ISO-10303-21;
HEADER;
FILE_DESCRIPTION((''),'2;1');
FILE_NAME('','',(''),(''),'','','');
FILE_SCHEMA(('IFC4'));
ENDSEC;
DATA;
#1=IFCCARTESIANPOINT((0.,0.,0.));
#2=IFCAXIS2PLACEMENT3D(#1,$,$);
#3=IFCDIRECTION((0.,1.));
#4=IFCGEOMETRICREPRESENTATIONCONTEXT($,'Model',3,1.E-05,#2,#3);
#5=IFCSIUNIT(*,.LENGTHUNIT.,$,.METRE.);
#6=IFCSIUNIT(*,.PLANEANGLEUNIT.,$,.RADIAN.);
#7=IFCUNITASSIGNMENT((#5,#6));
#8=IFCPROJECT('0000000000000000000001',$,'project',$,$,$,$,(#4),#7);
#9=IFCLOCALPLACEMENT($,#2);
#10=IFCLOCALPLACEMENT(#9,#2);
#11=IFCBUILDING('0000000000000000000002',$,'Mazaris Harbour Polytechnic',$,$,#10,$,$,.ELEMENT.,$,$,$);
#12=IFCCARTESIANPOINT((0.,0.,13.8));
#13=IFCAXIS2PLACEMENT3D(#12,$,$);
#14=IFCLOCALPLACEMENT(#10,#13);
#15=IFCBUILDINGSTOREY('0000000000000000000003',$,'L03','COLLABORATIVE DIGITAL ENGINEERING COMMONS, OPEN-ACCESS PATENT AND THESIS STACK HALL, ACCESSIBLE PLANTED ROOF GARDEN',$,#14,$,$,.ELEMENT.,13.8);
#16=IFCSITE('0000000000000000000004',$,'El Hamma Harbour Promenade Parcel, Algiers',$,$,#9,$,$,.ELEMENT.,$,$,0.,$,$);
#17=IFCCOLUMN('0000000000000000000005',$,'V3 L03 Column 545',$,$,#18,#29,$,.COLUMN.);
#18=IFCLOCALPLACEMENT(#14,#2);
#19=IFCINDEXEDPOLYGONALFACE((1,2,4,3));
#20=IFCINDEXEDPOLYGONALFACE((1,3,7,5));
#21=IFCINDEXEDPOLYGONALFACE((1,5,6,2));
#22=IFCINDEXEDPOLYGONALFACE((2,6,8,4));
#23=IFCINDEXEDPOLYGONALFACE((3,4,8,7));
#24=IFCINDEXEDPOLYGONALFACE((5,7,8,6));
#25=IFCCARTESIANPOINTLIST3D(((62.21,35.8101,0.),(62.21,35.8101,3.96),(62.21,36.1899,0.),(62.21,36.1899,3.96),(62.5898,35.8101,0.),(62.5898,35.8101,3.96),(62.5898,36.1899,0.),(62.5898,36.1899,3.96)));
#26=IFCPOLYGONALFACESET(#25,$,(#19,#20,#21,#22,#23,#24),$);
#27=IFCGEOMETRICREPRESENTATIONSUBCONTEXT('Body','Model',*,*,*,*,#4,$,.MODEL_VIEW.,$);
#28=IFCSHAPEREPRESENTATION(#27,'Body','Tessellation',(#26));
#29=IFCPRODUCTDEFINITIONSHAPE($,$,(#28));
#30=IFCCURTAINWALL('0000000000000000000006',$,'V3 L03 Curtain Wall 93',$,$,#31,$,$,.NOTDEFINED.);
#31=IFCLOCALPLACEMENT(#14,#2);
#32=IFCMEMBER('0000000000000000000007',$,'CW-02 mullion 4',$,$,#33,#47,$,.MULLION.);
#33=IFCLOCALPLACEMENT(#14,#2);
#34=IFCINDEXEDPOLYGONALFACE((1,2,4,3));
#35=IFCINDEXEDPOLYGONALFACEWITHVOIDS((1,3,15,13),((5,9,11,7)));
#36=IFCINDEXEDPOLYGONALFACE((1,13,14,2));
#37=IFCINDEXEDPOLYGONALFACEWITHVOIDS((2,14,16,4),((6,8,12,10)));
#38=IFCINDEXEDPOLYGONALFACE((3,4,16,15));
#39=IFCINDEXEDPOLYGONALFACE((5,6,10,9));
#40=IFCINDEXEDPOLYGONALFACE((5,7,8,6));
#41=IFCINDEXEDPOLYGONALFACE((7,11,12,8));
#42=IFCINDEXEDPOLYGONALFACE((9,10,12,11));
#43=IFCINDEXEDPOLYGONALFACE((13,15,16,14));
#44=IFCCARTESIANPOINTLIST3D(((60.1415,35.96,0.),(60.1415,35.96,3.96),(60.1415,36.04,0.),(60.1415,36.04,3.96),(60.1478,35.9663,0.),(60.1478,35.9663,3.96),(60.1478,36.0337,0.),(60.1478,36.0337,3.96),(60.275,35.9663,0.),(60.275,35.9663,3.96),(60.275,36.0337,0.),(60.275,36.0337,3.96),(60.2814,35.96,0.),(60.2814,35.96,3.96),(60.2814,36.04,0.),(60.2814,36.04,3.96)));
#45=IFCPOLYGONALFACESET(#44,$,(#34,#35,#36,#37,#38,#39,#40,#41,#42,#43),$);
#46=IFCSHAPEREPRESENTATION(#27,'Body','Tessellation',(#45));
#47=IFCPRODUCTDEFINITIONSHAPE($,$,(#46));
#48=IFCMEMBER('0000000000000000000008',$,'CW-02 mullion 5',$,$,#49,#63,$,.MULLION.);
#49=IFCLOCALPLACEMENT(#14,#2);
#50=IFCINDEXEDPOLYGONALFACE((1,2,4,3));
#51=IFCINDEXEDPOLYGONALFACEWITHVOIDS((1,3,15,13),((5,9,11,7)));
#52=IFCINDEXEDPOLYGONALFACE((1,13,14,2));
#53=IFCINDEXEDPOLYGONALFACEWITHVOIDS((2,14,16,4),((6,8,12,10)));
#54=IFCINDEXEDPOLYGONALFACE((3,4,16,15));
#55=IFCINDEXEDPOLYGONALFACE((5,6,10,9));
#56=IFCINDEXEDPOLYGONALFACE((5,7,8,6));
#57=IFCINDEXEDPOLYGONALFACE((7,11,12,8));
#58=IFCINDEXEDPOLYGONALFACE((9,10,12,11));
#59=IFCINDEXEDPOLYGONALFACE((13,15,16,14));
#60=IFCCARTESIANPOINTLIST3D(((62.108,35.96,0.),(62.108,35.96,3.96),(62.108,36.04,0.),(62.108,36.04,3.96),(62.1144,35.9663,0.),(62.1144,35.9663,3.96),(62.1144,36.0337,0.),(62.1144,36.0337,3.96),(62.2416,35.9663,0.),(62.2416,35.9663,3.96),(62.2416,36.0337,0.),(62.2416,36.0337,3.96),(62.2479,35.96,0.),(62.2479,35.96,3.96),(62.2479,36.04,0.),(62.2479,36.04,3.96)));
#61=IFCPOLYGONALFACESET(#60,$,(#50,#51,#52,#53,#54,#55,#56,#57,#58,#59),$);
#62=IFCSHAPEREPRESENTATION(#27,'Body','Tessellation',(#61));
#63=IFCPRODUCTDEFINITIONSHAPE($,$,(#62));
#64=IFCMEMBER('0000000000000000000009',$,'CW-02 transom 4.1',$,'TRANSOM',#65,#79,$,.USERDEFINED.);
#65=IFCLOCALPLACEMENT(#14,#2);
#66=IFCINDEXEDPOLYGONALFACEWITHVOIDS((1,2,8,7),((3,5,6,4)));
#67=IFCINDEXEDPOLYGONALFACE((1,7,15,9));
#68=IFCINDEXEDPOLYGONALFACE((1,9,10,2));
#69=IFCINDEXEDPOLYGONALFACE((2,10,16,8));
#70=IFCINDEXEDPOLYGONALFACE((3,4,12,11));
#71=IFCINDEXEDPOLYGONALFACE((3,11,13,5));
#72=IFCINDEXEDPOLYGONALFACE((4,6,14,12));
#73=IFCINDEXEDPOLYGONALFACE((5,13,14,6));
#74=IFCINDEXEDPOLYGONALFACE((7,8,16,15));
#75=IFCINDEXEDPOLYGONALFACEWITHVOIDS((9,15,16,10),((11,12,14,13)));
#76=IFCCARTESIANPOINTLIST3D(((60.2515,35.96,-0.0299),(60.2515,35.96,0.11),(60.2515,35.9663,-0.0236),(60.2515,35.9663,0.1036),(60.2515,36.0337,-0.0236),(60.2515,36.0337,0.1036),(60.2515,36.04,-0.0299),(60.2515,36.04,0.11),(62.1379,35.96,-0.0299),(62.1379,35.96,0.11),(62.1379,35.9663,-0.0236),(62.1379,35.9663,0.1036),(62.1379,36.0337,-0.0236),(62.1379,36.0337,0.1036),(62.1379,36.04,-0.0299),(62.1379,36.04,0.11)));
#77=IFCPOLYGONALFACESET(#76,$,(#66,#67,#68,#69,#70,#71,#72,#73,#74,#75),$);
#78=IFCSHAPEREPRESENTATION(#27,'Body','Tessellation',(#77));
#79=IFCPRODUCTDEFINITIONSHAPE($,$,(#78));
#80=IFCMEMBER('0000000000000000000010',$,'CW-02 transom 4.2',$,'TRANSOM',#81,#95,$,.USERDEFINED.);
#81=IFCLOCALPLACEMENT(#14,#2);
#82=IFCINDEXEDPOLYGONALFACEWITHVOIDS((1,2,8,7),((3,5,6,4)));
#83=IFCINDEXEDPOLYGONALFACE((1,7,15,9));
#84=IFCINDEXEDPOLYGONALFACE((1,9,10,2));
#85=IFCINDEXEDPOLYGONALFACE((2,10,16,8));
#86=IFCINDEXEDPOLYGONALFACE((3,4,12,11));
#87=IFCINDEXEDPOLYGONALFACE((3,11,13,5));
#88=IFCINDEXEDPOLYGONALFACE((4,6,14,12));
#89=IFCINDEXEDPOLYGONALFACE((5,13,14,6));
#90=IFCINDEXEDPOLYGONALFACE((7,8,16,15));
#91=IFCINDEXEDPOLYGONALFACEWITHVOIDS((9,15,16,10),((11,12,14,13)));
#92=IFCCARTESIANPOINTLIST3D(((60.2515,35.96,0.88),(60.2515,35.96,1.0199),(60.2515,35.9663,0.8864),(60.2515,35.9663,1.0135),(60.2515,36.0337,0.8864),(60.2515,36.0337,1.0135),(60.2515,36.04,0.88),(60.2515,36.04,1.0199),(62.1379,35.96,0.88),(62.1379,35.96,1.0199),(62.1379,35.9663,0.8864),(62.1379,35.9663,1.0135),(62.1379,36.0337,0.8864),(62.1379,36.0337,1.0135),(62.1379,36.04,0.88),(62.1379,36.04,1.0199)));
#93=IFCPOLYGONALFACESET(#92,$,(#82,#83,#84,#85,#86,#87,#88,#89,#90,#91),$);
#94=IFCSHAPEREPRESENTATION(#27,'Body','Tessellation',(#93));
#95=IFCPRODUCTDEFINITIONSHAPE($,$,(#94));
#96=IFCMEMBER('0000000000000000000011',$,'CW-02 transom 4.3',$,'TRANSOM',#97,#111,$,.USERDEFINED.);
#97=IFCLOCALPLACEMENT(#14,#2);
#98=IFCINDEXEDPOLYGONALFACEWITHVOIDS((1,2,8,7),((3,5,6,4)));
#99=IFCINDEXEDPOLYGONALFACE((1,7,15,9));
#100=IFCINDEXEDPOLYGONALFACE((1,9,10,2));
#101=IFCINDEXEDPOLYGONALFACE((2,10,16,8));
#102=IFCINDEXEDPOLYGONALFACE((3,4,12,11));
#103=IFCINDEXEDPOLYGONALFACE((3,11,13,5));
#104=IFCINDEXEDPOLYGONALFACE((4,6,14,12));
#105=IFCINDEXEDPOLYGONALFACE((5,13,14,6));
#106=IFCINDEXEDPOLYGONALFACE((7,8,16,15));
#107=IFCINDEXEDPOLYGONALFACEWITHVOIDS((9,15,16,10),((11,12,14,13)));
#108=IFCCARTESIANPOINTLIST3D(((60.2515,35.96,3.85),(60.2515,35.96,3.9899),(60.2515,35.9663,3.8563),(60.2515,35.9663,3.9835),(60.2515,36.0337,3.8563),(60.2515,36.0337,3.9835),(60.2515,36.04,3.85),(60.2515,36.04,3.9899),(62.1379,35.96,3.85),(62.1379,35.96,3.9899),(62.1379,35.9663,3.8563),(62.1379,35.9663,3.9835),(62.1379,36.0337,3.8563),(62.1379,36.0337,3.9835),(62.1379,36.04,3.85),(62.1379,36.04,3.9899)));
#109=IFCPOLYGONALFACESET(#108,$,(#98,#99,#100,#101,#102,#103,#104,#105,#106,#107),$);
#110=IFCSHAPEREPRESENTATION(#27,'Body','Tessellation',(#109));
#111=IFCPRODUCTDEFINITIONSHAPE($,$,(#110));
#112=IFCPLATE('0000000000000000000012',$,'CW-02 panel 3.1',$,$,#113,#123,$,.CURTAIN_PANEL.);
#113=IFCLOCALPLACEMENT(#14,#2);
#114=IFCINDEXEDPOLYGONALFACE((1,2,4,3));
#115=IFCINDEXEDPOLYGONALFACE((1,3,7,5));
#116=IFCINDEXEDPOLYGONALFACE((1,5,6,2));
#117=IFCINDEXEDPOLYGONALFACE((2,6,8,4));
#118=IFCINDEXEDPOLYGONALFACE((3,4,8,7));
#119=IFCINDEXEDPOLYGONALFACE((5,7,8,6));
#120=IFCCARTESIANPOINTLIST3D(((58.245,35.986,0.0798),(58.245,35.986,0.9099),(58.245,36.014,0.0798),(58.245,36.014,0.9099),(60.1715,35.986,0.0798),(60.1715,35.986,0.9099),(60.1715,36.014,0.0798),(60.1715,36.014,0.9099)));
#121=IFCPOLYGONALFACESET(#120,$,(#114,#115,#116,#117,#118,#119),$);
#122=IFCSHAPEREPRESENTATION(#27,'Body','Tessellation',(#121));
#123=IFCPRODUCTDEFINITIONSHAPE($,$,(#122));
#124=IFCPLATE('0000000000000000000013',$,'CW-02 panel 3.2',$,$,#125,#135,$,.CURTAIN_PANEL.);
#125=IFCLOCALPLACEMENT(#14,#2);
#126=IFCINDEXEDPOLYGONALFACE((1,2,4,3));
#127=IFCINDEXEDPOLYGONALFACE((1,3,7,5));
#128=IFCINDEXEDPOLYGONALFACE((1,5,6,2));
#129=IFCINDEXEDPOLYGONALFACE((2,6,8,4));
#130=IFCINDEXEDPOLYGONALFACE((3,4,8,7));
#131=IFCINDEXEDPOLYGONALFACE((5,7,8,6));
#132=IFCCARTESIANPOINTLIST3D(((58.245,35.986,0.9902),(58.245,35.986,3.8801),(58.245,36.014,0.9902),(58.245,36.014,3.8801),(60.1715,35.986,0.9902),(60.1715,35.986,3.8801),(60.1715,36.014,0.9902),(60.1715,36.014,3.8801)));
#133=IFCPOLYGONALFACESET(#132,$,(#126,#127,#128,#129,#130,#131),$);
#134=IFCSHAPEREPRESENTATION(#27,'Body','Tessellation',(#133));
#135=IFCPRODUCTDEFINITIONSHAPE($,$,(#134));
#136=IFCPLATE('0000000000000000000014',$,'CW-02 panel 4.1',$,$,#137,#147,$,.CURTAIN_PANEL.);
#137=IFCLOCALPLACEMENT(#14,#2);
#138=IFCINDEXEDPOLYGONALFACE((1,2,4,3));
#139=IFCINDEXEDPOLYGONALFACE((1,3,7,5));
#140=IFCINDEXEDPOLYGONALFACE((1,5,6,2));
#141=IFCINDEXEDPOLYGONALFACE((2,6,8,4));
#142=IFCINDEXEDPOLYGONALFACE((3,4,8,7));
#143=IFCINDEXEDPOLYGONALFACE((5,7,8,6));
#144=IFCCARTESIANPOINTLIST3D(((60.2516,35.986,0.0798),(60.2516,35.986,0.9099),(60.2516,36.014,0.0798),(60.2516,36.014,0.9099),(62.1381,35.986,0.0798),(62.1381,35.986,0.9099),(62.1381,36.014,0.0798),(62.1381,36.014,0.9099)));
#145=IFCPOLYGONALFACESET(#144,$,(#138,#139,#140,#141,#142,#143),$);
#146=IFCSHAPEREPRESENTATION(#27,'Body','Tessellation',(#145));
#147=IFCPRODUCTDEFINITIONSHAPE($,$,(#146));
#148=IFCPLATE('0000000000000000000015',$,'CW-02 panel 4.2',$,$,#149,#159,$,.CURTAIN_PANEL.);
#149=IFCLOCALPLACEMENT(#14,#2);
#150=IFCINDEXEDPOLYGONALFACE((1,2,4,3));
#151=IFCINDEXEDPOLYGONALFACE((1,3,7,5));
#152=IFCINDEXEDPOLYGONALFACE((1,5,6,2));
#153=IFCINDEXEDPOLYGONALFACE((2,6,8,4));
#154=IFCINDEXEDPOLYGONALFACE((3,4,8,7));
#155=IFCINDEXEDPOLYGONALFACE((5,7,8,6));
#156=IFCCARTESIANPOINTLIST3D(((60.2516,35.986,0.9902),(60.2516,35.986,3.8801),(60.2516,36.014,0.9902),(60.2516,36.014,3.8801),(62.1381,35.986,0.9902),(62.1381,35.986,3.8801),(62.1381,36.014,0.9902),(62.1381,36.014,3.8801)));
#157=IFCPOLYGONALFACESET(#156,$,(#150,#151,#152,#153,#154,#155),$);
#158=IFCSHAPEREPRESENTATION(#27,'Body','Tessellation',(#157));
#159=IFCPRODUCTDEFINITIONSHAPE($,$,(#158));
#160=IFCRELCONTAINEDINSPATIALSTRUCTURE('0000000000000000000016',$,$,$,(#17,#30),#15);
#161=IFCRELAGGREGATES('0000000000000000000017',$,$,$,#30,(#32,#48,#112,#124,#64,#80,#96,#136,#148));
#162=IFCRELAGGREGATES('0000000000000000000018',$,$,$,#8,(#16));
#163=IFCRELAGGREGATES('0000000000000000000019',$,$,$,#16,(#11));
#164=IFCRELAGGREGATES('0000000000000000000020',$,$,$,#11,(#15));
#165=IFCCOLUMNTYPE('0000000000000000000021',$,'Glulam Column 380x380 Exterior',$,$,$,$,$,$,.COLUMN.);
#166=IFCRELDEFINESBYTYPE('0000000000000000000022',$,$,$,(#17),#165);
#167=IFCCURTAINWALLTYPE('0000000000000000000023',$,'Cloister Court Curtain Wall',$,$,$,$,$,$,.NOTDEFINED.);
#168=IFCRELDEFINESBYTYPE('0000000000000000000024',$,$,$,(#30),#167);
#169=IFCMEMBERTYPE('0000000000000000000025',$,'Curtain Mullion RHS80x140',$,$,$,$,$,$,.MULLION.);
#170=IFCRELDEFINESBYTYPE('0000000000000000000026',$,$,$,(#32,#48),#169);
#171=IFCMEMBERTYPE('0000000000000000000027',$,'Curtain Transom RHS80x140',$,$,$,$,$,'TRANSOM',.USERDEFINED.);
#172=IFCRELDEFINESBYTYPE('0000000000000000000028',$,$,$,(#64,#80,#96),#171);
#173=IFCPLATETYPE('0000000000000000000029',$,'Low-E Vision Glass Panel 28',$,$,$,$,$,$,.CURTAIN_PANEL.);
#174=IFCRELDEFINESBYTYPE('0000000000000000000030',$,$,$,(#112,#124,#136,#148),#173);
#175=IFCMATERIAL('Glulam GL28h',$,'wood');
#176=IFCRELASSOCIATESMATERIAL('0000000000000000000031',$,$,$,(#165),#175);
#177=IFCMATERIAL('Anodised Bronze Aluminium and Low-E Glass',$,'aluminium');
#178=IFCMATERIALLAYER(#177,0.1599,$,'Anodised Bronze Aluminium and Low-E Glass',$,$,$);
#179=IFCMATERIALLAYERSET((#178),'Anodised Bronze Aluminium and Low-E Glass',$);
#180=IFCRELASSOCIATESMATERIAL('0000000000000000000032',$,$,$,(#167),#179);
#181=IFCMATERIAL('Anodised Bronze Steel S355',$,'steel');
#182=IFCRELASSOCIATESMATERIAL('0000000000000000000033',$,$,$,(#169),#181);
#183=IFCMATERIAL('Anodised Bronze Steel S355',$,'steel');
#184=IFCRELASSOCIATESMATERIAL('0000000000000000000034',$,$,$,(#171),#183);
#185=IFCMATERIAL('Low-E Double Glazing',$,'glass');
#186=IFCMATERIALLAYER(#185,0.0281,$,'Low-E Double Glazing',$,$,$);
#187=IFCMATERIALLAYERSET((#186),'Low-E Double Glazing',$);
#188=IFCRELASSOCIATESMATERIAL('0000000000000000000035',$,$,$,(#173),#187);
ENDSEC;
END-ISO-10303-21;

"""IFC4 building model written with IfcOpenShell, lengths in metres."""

from ifc_helpers import new_model, si_unit, direction, frame, origin, origin_2d, place, context, subcontext, project, spatial, rectangle, hollow_rectangle, extrude, material, layer, layer_set, material_profile, profile_set, type_object, element, aggregate, save


model = new_model("IFC4")

# Units and contexts
model_context = context("Model", 3, precision=1e-05, world=origin(), true_north=direction((0.0, 1.0)))
body_context = subcontext(model_context, "Body", "Model", "MODEL_VIEW")
ifc_project = project(units=[si_unit("LENGTHUNIT", "METRE"), si_unit("PLANEANGLEUNIT", "RADIAN")], contexts=[model_context])

# Site, building, storey
site_placement = place(None, origin())
site = spatial("IfcSite", under=ifc_project, at=site_placement, Name="El Hamma Harbour Promenade Parcel, Algiers", CompositionType="ELEMENT", RefElevation=0.0)
building_placement = place(site_placement, origin())
building = spatial("IfcBuilding", under=site, at=building_placement, Name="Mazaris Harbour Polytechnic", CompositionType="ELEMENT")
storey_placement = place(building_placement, frame((0.0, 0.0, 13.8)))
storey = spatial("IfcBuildingStorey", under=building, at=storey_placement, Name="L03", Description="COLLABORATIVE DIGITAL ENGINEERING COMMONS, OPEN-ACCESS PATENT AND THESIS STACK HALL, ACCESSIBLE PLANTED ROOF GARDEN", CompositionType="ELEMENT", Elevation=13.8)

# Column
ifc_material_1 = material(Name="Glulam GL28h", Category="wood")
ifc_material_profile_1 = material_profile(ifc_material_1, rectangle(XDim=0.3799, YDim=0.3799, at=origin_2d()), Name="RECT380x380")
ifc_profile_set_1 = profile_set([ifc_material_profile_1], Name="Glulam GL28h")
column_type = type_object("IfcColumnType", Name="Glulam Column 380x380 Exterior", PredefinedType="COLUMN", material=ifc_profile_set_1)
column_placement = place(storey_placement, frame((62.3999, 36.0, 0.0), z_axis=(0.0, 0.0, 1.0), x_axis=(1.0, 0.0, 0.0)))
element("IfcColumn", 1, at=column_placement, inside=storey, type_object=column_type, Name="V3 L03 Column 545", PredefinedType="COLUMN", context=body_context, shape_type="SweptSolid", body=[
    extrude(rectangle(XDim=0.3799, YDim=0.3799, at=origin_2d()), origin(), (0.0, 0.0, 1.0), 3.96),
])

# Curtain wall, members, plates
ifc_material_2 = material(Name="Anodised Bronze Aluminium and Low-E Glass", Category="aluminium")
ifc_layer_1 = layer(ifc_material_2, 0.1599, Name="Anodised Bronze Aluminium and Low-E Glass")
ifc_layer_set_1 = layer_set([ifc_layer_1], Name="Anodised Bronze Aluminium and Low-E Glass")
curtain_wall_type = type_object("IfcCurtainWallType", Name="Cloister Court Curtain Wall", PredefinedType="NOTDEFINED", material=ifc_layer_set_1)
curtain_wall_placement = place(storey_placement, origin())
curtain_wall = element("IfcCurtainWall", 2, at=curtain_wall_placement, inside=storey, type_object=curtain_wall_type, Name="V3 L03 Curtain Wall 93", PredefinedType="NOTDEFINED")
ifc_material_3 = material(Name="Anodised Bronze Steel S355", Category="steel")
ifc_material_profile_2 = material_profile(ifc_material_3, hollow_rectangle(XDim=0.0801, YDim=0.1399, WallThickness=0.0063, at=origin_2d()), Name="RHS 80x140x6.3")
ifc_profile_set_2 = profile_set([ifc_material_profile_2], Name="Anodised Bronze Steel S355")
member_type_1 = type_object("IfcMemberType", Name="Curtain Mullion RHS80x140", PredefinedType="MULLION", material=ifc_profile_set_2)
member_1_placement = place(storey_placement, frame((60.2114, 36.0, 0.0), z_axis=(0.0, 0.0, 1.0), x_axis=(0.0, 1.0, 0.0)))
member_1 = element("IfcMember", 3, at=member_1_placement, type_object=member_type_1, Name="CW-02 mullion 4", PredefinedType="MULLION", context=body_context, shape_type="SweptSolid", body=[
    extrude(hollow_rectangle(XDim=0.0801, YDim=0.1399, WallThickness=0.0063, at=origin_2d()), origin(), (0.0, 0.0, 1.0), 3.96),
])
member_2_placement = place(storey_placement, frame((62.178, 36.0, 0.0), z_axis=(0.0, 0.0, 1.0), x_axis=(0.0, 1.0, 0.0)))
member_2 = element("IfcMember", 4, at=member_2_placement, type_object=member_type_1, Name="CW-02 mullion 5", PredefinedType="MULLION", context=body_context, shape_type="SweptSolid", body=[
    extrude(hollow_rectangle(XDim=0.0801, YDim=0.1399, WallThickness=0.0063, at=origin_2d()), origin(), (0.0, 0.0, 1.0), 3.96),
])
ifc_material_4 = material(Name="Anodised Bronze Steel S355", Category="steel")
ifc_material_profile_3 = material_profile(ifc_material_4, hollow_rectangle(XDim=0.0801, YDim=0.1399, WallThickness=0.0063, at=origin_2d()), Name="RHS 80x140x6.3")
ifc_profile_set_3 = profile_set([ifc_material_profile_3], Name="Anodised Bronze Steel S355")
member_type_2 = type_object("IfcMemberType", Name="Curtain Transom RHS80x140", ElementType="TRANSOM", PredefinedType="USERDEFINED", material=ifc_profile_set_3)
member_3_placement = place(storey_placement, frame((60.2515, 36.0, 0.04), z_axis=(1.0, 0.0, 0.0), x_axis=(0.0, 1.0, 0.0)))
member_3 = element("IfcMember", 5, at=member_3_placement, type_object=member_type_2, Name="CW-02 transom 4.1", ObjectType="TRANSOM", PredefinedType="USERDEFINED", context=body_context, shape_type="SweptSolid", body=[
    extrude(hollow_rectangle(XDim=0.0801, YDim=0.1399, WallThickness=0.0063, at=origin_2d()), origin(), (0.0, 0.0, 1.0), 1.8865),
])
member_4_placement = place(storey_placement, frame((60.2515, 36.0, 0.95), z_axis=(1.0, 0.0, 0.0), x_axis=(0.0, 1.0, 0.0)))
member_4 = element("IfcMember", 6, at=member_4_placement, type_object=member_type_2, Name="CW-02 transom 4.2", ObjectType="TRANSOM", PredefinedType="USERDEFINED", context=body_context, shape_type="SweptSolid", body=[
    extrude(hollow_rectangle(XDim=0.0801, YDim=0.1399, WallThickness=0.0063, at=origin_2d()), origin(), (0.0, 0.0, 1.0), 1.8865),
])
member_5_placement = place(storey_placement, frame((60.2515, 36.0, 3.9199), z_axis=(1.0, 0.0, 0.0), x_axis=(0.0, 1.0, 0.0)))
member_5 = element("IfcMember", 7, at=member_5_placement, type_object=member_type_2, Name="CW-02 transom 4.3", ObjectType="TRANSOM", PredefinedType="USERDEFINED", context=body_context, shape_type="SweptSolid", body=[
    extrude(hollow_rectangle(XDim=0.0801, YDim=0.1399, WallThickness=0.0063, at=origin_2d()), origin(), (0.0, 0.0, 1.0), 1.8865),
])
ifc_material_5 = material(Name="Low-E Double Glazing", Category="glass")
ifc_layer_2 = layer(ifc_material_5, 0.0281, Name="Low-E Double Glazing")
ifc_layer_set_2 = layer_set([ifc_layer_2], Name="Low-E Double Glazing")
plate_type = type_object("IfcPlateType", Name="Low-E Vision Glass Panel 28", PredefinedType="CURTAIN_PANEL", material=ifc_layer_set_2)
plate_1_placement = place(storey_placement, frame((59.2083, 36.0, 0.0798), z_axis=(0.0, 0.0, 1.0), x_axis=(1.0, 0.0, 0.0)))
plate_1 = element("IfcPlate", 8, at=plate_1_placement, type_object=plate_type, Name="CW-02 panel 3.1", PredefinedType="CURTAIN_PANEL", context=body_context, shape_type="SweptSolid", body=[
    extrude(rectangle(XDim=1.9265, YDim=0.0281, at=origin_2d()), origin(), (0.0, 0.0, 1.0), 0.8301),
])
plate_2_placement = place(storey_placement, frame((59.2083, 36.0, 0.9902), z_axis=(0.0, 0.0, 1.0), x_axis=(1.0, 0.0, 0.0)))
plate_2 = element("IfcPlate", 9, at=plate_2_placement, type_object=plate_type, Name="CW-02 panel 3.2", PredefinedType="CURTAIN_PANEL", context=body_context, shape_type="SweptSolid", body=[
    extrude(rectangle(XDim=1.9265, YDim=0.0281, at=origin_2d()), origin(), (0.0, 0.0, 1.0), 2.8899),
])
plate_3_placement = place(storey_placement, frame((61.1948, 36.0, 0.0798), z_axis=(0.0, 0.0, 1.0), x_axis=(1.0, 0.0, 0.0)))
plate_3 = element("IfcPlate", 10, at=plate_3_placement, type_object=plate_type, Name="CW-02 panel 4.1", PredefinedType="CURTAIN_PANEL", context=body_context, shape_type="SweptSolid", body=[
    extrude(rectangle(XDim=1.8865, YDim=0.0281, at=origin_2d()), origin(), (0.0, 0.0, 1.0), 0.8301),
])
plate_4_placement = place(storey_placement, frame((61.1948, 36.0, 0.9902), z_axis=(0.0, 0.0, 1.0), x_axis=(1.0, 0.0, 0.0)))
plate_4 = element("IfcPlate", 11, at=plate_4_placement, type_object=plate_type, Name="CW-02 panel 4.2", PredefinedType="CURTAIN_PANEL", context=body_context, shape_type="SweptSolid", body=[
    extrude(rectangle(XDim=1.8865, YDim=0.0281, at=origin_2d()), origin(), (0.0, 0.0, 1.0), 2.8899),
])
aggregate(curtain_wall, [member_1, member_2, plate_1, plate_2, member_3, member_4, member_5, plate_3, plate_4])

save(model, "model.ifc")
